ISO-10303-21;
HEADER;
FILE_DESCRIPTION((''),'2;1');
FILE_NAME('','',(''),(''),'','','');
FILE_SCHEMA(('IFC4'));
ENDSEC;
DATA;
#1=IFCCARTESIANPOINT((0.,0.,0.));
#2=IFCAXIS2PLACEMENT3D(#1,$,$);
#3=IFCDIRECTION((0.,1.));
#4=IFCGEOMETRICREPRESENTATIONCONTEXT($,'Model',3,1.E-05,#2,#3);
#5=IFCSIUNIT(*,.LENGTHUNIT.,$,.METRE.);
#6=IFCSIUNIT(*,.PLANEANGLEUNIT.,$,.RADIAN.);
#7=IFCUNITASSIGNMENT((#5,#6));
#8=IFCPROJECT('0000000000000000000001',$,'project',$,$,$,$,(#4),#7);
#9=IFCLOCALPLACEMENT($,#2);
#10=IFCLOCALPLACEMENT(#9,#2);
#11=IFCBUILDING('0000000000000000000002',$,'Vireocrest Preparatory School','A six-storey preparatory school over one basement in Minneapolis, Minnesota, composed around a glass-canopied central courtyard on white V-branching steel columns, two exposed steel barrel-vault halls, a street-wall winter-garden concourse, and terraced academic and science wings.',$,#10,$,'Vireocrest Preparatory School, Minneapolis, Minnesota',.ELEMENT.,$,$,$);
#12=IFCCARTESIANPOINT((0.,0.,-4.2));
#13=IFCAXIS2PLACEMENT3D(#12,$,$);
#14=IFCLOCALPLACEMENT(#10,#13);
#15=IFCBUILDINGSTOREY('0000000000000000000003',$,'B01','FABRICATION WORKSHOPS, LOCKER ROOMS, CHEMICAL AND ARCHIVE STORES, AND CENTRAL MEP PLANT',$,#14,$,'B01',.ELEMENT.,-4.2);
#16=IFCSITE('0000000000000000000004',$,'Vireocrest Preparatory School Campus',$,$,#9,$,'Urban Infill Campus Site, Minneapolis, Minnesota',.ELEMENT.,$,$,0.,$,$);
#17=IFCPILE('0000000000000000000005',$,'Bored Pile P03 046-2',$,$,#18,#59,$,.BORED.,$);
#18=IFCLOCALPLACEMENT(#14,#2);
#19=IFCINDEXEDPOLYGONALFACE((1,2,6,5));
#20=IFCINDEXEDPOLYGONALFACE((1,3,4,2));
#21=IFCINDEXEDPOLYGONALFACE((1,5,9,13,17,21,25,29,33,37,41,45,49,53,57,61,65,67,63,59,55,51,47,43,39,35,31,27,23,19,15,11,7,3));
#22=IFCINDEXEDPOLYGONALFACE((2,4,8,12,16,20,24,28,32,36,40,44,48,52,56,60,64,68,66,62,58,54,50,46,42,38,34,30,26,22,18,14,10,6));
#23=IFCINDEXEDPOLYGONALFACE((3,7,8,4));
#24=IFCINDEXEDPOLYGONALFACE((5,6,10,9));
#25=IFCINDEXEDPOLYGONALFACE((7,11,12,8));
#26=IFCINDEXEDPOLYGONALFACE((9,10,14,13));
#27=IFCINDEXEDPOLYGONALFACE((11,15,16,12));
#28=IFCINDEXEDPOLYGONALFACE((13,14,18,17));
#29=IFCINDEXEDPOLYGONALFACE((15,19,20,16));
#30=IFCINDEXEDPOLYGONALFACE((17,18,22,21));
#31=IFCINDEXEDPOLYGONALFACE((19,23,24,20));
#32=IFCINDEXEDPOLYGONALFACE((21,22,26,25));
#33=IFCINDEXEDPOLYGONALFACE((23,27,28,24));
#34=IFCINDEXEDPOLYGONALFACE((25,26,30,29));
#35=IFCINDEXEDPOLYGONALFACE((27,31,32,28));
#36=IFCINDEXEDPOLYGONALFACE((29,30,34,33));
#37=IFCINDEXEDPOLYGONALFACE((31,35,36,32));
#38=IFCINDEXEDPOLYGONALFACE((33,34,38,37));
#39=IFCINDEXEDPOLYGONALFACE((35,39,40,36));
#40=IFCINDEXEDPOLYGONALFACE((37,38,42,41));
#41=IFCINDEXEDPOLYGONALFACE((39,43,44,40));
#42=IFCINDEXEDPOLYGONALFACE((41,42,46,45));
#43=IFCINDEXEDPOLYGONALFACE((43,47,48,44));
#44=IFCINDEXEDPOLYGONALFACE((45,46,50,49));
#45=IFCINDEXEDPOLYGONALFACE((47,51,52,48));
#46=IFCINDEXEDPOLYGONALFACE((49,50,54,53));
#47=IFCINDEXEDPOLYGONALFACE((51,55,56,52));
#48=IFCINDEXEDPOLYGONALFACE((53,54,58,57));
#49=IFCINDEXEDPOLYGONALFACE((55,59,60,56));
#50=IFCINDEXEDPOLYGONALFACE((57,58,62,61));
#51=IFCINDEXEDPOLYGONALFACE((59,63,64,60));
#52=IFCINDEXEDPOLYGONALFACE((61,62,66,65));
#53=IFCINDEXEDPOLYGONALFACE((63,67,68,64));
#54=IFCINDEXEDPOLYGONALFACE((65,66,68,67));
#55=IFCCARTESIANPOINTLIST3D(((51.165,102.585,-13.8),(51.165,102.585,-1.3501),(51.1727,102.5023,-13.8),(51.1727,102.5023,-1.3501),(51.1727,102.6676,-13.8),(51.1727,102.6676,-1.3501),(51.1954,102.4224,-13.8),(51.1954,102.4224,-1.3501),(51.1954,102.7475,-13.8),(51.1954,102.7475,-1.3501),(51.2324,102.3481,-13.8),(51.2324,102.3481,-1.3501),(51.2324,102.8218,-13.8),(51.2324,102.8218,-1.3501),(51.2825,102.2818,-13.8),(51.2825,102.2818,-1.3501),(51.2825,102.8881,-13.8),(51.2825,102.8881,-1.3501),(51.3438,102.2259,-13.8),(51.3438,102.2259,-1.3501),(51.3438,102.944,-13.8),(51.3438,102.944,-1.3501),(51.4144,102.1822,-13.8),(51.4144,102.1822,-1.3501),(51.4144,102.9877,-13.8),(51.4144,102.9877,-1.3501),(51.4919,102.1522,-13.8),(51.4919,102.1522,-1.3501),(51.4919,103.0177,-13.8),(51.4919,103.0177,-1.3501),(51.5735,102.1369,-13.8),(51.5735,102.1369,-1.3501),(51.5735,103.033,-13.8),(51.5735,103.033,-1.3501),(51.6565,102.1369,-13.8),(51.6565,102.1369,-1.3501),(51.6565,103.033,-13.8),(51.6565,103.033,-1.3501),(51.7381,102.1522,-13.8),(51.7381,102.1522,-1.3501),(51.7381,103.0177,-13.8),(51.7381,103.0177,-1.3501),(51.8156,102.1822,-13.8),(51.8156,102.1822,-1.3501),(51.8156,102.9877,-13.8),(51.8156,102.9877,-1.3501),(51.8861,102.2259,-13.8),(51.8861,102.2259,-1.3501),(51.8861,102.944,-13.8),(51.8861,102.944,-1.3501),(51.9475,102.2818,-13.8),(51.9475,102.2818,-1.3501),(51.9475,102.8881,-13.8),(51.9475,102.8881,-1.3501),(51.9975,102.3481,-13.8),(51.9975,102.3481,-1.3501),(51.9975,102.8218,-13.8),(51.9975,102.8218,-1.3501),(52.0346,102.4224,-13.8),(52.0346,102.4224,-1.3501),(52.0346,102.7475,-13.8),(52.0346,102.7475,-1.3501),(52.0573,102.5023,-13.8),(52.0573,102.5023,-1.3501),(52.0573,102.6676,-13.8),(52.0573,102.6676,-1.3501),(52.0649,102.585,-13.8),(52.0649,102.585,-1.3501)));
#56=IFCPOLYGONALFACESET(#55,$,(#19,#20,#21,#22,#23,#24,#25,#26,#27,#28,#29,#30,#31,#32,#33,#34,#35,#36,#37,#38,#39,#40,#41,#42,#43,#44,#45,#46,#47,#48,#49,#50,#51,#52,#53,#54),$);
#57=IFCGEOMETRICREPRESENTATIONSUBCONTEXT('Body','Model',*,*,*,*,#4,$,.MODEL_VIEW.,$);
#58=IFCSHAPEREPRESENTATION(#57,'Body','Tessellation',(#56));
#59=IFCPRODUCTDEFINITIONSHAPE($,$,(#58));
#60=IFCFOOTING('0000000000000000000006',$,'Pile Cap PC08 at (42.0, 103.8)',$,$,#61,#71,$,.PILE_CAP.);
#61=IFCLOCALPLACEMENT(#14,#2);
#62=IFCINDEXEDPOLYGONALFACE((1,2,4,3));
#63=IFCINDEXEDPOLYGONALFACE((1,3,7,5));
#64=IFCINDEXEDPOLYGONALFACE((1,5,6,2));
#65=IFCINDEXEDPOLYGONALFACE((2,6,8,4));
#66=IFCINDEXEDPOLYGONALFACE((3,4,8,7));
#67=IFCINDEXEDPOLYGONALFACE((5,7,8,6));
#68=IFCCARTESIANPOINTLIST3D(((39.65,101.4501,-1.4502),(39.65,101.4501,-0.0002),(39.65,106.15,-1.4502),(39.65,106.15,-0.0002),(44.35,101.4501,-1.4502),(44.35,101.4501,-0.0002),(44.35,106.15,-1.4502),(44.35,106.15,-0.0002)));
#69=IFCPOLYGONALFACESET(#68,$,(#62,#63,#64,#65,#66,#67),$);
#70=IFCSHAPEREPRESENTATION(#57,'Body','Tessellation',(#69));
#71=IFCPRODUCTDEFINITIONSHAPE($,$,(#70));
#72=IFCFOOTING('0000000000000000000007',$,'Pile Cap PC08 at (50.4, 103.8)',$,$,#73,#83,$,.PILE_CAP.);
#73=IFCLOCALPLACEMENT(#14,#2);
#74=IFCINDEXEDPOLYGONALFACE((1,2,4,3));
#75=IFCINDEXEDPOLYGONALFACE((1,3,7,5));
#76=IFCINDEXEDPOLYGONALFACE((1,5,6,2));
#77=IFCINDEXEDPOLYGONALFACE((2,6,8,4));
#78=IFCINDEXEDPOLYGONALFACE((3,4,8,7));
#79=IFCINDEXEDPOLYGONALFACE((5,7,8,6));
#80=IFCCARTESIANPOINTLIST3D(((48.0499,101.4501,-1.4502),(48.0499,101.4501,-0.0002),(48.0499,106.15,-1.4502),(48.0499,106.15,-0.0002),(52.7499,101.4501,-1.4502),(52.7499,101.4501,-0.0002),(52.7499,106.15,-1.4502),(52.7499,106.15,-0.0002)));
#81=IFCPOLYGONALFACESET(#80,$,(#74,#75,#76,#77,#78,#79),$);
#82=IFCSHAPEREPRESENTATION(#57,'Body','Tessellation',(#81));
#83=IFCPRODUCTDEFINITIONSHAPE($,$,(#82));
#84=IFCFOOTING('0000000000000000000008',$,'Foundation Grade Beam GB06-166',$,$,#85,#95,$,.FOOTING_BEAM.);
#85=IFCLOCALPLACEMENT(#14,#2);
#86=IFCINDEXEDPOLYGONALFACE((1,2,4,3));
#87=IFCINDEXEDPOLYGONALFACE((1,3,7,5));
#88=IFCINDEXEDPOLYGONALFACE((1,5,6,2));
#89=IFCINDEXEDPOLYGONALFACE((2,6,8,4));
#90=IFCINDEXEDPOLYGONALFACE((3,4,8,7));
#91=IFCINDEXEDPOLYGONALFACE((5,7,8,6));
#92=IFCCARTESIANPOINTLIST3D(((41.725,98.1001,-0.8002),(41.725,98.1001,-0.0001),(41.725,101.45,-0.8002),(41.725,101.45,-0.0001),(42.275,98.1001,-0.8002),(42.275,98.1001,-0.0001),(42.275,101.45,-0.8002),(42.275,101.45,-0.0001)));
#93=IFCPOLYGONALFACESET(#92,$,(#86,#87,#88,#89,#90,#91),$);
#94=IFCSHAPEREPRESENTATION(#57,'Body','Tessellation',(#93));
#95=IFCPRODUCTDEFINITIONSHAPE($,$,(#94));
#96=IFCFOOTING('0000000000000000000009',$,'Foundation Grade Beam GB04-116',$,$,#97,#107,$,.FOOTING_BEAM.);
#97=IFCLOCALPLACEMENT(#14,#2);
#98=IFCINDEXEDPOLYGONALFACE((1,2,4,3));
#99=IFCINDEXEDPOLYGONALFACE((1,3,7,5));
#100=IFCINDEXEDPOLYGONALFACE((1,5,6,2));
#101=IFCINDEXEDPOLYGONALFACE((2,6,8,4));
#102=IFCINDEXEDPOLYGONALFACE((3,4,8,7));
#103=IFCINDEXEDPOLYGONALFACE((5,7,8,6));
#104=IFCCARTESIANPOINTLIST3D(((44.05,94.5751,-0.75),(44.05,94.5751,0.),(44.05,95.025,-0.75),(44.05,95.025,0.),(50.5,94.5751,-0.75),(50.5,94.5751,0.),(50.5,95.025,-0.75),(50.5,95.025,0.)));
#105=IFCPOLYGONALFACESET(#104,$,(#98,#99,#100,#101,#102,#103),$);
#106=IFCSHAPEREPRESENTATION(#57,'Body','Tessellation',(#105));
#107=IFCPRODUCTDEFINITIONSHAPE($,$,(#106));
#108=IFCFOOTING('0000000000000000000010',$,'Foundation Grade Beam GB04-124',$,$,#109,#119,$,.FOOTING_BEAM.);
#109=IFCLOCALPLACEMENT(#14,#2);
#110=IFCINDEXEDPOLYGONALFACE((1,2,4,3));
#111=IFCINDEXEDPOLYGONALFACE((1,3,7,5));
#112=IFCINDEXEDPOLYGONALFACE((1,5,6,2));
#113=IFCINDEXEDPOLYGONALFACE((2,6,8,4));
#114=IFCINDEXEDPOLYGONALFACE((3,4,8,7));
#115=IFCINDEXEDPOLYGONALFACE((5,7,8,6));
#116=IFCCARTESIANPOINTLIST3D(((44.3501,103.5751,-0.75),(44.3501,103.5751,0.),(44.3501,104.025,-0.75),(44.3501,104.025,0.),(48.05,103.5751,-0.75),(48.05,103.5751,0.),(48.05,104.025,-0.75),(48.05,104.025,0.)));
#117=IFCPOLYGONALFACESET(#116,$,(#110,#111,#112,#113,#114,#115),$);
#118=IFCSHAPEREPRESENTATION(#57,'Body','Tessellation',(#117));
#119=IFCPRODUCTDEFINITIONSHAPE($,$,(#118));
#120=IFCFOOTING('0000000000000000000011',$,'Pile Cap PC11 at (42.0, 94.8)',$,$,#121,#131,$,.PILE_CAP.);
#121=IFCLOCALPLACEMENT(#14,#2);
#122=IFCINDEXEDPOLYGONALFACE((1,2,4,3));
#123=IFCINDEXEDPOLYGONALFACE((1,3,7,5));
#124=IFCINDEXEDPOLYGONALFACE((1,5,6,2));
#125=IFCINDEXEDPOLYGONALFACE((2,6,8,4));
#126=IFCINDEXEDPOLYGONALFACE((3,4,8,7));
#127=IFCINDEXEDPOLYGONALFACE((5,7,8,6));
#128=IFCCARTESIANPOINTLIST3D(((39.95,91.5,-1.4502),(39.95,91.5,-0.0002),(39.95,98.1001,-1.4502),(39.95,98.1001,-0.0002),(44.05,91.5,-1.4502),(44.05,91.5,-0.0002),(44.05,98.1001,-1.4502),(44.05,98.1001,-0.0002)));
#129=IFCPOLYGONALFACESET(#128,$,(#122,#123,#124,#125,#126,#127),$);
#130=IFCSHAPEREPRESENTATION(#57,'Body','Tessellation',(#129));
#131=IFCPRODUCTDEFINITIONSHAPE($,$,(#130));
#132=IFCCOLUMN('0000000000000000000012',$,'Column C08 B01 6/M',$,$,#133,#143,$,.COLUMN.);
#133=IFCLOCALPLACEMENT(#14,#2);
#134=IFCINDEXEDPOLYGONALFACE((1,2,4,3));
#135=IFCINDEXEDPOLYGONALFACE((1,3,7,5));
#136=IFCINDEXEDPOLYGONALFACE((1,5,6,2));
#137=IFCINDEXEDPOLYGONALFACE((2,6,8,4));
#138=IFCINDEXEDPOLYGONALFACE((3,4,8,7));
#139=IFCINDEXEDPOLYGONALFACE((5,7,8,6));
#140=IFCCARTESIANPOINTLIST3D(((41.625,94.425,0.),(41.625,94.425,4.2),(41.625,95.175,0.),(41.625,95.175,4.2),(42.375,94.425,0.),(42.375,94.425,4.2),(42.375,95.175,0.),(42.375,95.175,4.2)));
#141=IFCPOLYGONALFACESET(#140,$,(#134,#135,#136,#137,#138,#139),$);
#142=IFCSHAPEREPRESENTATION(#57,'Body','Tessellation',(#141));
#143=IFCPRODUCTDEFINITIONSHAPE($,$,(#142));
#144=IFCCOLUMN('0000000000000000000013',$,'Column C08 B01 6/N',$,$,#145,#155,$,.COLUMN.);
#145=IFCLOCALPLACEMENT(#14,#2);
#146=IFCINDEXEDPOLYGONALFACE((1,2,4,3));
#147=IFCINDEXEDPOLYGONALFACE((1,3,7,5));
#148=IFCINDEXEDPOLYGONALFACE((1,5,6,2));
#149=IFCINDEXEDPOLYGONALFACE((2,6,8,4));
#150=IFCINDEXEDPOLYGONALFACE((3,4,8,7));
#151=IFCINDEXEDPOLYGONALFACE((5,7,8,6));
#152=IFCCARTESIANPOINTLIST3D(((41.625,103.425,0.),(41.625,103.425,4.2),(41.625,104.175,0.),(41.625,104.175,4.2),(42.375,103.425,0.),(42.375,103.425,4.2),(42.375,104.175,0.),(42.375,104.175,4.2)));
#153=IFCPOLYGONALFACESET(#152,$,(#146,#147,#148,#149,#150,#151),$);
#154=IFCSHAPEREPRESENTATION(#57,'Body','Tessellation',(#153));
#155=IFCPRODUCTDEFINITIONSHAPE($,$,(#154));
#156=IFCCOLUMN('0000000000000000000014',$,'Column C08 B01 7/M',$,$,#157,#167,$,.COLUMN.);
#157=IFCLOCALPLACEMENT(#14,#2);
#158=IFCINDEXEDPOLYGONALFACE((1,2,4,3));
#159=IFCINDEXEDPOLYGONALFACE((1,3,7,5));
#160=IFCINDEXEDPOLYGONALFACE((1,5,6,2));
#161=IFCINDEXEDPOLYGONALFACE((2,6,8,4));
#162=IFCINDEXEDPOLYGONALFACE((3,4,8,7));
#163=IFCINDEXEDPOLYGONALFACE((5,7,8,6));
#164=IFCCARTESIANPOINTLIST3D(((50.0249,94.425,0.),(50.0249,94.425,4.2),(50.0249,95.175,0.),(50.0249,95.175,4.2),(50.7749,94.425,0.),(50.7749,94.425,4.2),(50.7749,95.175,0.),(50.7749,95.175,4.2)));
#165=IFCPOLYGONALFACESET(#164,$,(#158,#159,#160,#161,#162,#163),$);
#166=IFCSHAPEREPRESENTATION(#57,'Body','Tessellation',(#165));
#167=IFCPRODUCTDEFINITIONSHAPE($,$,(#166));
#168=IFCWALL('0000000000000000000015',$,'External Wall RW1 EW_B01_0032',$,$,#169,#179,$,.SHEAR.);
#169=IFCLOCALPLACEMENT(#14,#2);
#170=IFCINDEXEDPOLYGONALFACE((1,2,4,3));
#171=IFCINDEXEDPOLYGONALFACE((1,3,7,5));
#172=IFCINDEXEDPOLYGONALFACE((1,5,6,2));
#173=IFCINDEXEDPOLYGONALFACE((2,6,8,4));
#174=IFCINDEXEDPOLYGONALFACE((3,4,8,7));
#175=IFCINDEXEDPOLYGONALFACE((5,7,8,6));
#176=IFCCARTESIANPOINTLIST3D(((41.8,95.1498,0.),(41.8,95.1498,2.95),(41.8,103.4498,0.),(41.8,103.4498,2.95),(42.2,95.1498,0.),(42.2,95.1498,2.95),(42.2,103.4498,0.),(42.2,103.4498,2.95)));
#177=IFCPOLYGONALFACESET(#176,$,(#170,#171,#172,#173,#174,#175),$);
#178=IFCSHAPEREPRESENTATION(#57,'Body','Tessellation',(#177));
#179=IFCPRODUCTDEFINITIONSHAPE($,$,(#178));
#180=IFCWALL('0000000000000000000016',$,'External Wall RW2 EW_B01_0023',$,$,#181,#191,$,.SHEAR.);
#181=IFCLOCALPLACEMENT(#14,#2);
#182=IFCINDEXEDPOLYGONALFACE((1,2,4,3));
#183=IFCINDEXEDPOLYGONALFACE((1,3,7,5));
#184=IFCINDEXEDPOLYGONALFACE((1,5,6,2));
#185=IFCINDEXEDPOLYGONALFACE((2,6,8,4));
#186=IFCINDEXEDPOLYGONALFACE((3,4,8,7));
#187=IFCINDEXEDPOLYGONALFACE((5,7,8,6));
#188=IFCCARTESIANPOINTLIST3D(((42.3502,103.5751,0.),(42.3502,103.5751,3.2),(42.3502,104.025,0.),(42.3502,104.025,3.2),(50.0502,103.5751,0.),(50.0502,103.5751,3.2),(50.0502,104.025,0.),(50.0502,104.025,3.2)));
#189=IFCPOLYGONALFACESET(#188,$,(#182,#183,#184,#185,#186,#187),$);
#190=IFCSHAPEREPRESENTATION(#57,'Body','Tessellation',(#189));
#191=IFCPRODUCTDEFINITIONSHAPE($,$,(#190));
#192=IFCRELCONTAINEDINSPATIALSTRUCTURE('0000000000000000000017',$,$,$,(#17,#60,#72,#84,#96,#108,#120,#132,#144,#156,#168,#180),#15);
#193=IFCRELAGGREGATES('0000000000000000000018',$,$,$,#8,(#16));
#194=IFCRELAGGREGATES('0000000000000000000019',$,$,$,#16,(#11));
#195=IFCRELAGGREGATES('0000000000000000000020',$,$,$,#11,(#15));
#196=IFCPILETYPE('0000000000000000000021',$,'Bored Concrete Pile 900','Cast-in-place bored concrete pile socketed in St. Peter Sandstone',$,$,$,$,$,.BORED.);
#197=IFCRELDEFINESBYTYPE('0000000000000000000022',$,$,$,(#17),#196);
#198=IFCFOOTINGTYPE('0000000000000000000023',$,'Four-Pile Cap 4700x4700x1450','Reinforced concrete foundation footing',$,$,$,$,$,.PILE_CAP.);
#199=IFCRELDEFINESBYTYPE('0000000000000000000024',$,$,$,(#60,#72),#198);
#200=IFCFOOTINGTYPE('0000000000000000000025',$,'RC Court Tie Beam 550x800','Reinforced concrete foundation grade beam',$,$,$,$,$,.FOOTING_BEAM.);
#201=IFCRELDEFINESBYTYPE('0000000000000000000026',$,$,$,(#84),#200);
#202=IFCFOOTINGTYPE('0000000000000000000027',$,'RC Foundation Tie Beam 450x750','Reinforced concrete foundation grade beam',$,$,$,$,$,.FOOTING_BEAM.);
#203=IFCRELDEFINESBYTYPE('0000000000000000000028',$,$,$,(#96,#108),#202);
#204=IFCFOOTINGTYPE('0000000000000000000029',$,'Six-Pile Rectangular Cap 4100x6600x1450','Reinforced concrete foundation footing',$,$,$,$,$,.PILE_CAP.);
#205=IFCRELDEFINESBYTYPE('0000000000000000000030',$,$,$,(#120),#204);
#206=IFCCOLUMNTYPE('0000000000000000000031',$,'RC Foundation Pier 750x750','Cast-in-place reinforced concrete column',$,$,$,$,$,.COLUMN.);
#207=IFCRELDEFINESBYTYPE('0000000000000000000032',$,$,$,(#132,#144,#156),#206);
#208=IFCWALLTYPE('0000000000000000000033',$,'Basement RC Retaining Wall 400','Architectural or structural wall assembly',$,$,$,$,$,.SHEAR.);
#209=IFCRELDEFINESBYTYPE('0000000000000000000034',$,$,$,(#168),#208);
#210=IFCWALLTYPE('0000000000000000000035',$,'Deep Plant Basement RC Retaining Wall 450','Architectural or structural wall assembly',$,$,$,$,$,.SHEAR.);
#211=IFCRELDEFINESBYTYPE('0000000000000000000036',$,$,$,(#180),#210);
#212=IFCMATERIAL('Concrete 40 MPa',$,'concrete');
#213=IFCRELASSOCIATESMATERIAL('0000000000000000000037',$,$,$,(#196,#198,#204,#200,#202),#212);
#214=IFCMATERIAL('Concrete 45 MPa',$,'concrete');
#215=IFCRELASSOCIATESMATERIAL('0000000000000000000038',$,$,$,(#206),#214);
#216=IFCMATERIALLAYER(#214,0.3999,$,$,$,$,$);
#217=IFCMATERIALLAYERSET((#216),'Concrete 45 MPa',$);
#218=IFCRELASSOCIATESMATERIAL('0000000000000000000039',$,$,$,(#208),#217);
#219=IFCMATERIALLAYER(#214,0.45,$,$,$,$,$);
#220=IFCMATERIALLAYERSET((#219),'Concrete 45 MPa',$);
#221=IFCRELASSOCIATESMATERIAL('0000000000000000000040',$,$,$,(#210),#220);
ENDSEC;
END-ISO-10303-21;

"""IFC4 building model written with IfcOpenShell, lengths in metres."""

from ifc_helpers import new_model, si_unit, direction, frame, frame_2d, origin, origin_2d, place, context, subcontext, project, spatial, rectangle, circle, extrude, material, layer, layer_set, material_profile, profile_set, type_object, element, save


model = new_model("IFC4")

# Units and contexts
model_context = context("Model", 3, precision=1e-05, world=origin(), true_north=direction((0.0, 1.0)))
body_context = subcontext(model_context, "Body", "Model", "MODEL_VIEW")
ifc_project = project(units=[si_unit("LENGTHUNIT", "METRE"), si_unit("PLANEANGLEUNIT", "RADIAN")], contexts=[model_context])

# Site, building, storey
site_placement = place(None, origin())
site = spatial("IfcSite", under=ifc_project, at=site_placement, Name="Vireocrest Preparatory School Campus", LongName="Urban Infill Campus Site, Minneapolis, Minnesota", CompositionType="ELEMENT", RefElevation=0.0)
building_placement = place(site_placement, origin())
building = spatial("IfcBuilding", under=site, at=building_placement, Name="Vireocrest Preparatory School", Description="A six-storey preparatory school over one basement in Minneapolis, Minnesota, composed around a glass-canopied central courtyard on white V-branching steel columns, two exposed steel barrel-vault halls, a street-wall winter-garden concourse, and terraced academic and science wings.", LongName="Vireocrest Preparatory School, Minneapolis, Minnesota", CompositionType="ELEMENT")
storey_placement = place(building_placement, frame((0.0, 0.0, -4.2)))
storey = spatial("IfcBuildingStorey", under=building, at=storey_placement, Name="B01", Description="FABRICATION WORKSHOPS, LOCKER ROOMS, CHEMICAL AND ARCHIVE STORES, AND CENTRAL MEP PLANT", LongName="B01", CompositionType="ELEMENT", Elevation=-4.2)

# Pile
ifc_material_1 = material(Name="Concrete 40 MPa", Category="concrete")
ifc_material_profile_1 = material_profile(ifc_material_1, circle(Radius=0.45, at=origin_2d()), Name="BORED PILE 900")
ifc_profile_set_1 = profile_set([ifc_material_profile_1], Name="Concrete 40 MPa")
pile_type_1 = type_object("IfcPileType", Name="Bored Concrete Pile 900", Description="Cast-in-place bored concrete pile socketed in St. Peter Sandstone", PredefinedType="BORED", material=ifc_profile_set_1)
for number, where, z_axis, x_axis, name in (
    (1, (51.615, 102.585, -1.3501), (0.0, 0.0, -1.0), (1.0, 0.0, 0.0), "Bored Pile P03 046-2"),
):
    element("IfcPile", number, at=place(storey_placement, frame(where, z_axis=z_axis, x_axis=x_axis)), inside=storey, type_object=pile_type_1, Name=name, PredefinedType="BORED", context=body_context, shape_type="SweptSolid", body=[
        extrude(circle(Radius=0.45, at=origin_2d()), origin(), (0.0, 0.0, 1.0), 12.45),
    ])

# Footings
footing_type_1 = type_object("IfcFootingType", Name="Four-Pile Cap 4700x4700x1450", Description="Reinforced concrete foundation footing", PredefinedType="PILE_CAP", material=ifc_material_1)
for number, where, z_axis, x_axis, name in (
    (2, (42.0, 103.8, -1.4502), (0.0, 0.0, 1.0), (1.0, 0.0, 0.0), "Pile Cap PC08 at (42.0, 103.8)"),
    (3, (50.3999, 103.8, -1.4502), (0.0, 0.0, 1.0), (1.0, 0.0, 0.0), "Pile Cap PC08 at (50.4, 103.8)"),
):
    element("IfcFooting", number, at=place(storey_placement, frame(where, z_axis=z_axis, x_axis=x_axis)), inside=storey, type_object=footing_type_1, Name=name, PredefinedType="PILE_CAP", context=body_context, shape_type="SweptSolid", body=[
        extrude(rectangle(XDim=4.7, YDim=4.7, at=origin_2d()), origin(), (0.0, 0.0, 1.0), 1.45),
    ])
ifc_material_profile_2 = material_profile(ifc_material_1, rectangle(XDim=0.55, YDim=0.8, at=origin_2d()), Name="GB 550x800")
ifc_profile_set_2 = profile_set([ifc_material_profile_2], Name="Concrete 40 MPa")
footing_type_2 = type_object("IfcFootingType", Name="RC Court Tie Beam 550x800", Description="Reinforced concrete foundation grade beam", PredefinedType="FOOTING_BEAM", material=ifc_profile_set_2)
footing_1_placement = place(storey_placement, frame((42.0, 98.1001, -0.4001), z_axis=(0.0, 1.0, 0.0), x_axis=(-1.0, 0.0, 0.0)))
element("IfcFooting", 4, at=footing_1_placement, inside=storey, type_object=footing_type_2, Name="Foundation Grade Beam GB06-166", PredefinedType="FOOTING_BEAM", context=body_context, shape_type="SweptSolid", body=[
    extrude(rectangle(XDim=0.55, YDim=0.8, at=origin_2d()), origin(), (0.0, 0.0, 1.0), 3.3499),
])
ifc_material_profile_3 = material_profile(ifc_material_1, rectangle(XDim=0.45, YDim=0.75, at=origin_2d()), Name="GB 450x750")
ifc_profile_set_3 = profile_set([ifc_material_profile_3], Name="Concrete 40 MPa")
footing_type_3 = type_object("IfcFootingType", Name="RC Foundation Tie Beam 450x750", Description="Reinforced concrete foundation grade beam", PredefinedType="FOOTING_BEAM", material=ifc_profile_set_3)
footing_2_placement = place(storey_placement, frame((44.05, 94.8, -0.375), z_axis=(1.0, 0.0, 0.0), x_axis=(0.0, 1.0, 0.0)))
element("IfcFooting", 5, at=footing_2_placement, inside=storey, type_object=footing_type_3, Name="Foundation Grade Beam GB04-116", PredefinedType="FOOTING_BEAM", context=body_context, shape_type="SweptSolid", body=[
    extrude(rectangle(XDim=0.45, YDim=0.75, at=origin_2d()), origin(), (0.0, 0.0, 1.0), 6.45),
])
footing_3_placement = place(storey_placement, frame((44.3501, 103.8, -0.375), z_axis=(1.0, 0.0, 0.0), x_axis=(0.0, 1.0, 0.0)))
element("IfcFooting", 6, at=footing_3_placement, inside=storey, type_object=footing_type_3, Name="Foundation Grade Beam GB04-124", PredefinedType="FOOTING_BEAM", context=body_context, shape_type="SweptSolid", body=[
    extrude(rectangle(XDim=0.45, YDim=0.75, at=origin_2d()), origin(), (0.0, 0.0, 1.0), 3.7),
])
footing_type_4 = type_object("IfcFootingType", Name="Six-Pile Rectangular Cap 4100x6600x1450", Description="Reinforced concrete foundation footing", PredefinedType="PILE_CAP", material=ifc_material_1)
footing_4_placement = place(storey_placement, frame((42.0, 94.8, -1.4502), z_axis=(0.0, 0.0, 1.0), x_axis=(1.0, 0.0, 0.0)))
element("IfcFooting", 7, at=footing_4_placement, inside=storey, type_object=footing_type_4, Name="Pile Cap PC11 at (42.0, 94.8)", PredefinedType="PILE_CAP", context=body_context, shape_type="SweptSolid", body=[
    extrude(rectangle(XDim=4.1001, YDim=6.6001, at=origin_2d()), origin(), (0.0, 0.0, 1.0), 1.45),
])

# Columns
ifc_material_2 = material(Name="Concrete 45 MPa", Category="concrete")
ifc_material_profile_4 = material_profile(ifc_material_2, rectangle(XDim=0.75, YDim=0.75, at=origin_2d()), Name="RC 750x750")
ifc_profile_set_4 = profile_set([ifc_material_profile_4], Name="Concrete 45 MPa")
column_type = type_object("IfcColumnType", Name="RC Foundation Pier 750x750", Description="Cast-in-place reinforced concrete column", PredefinedType="COLUMN", material=ifc_profile_set_4)
for number, where, z_axis, x_axis, name in (
    (8, (42.0, 94.8, 0.0), (0.0, 0.0, 1.0), (1.0, 0.0, 0.0), "Column C08 B01 6/M"),
    (9, (42.0, 103.8, 0.0), (0.0, 0.0, 1.0), (1.0, 0.0, 0.0), "Column C08 B01 6/N"),
    (10, (50.3999, 94.8, 0.0), (0.0, 0.0, 1.0), (1.0, 0.0, 0.0), "Column C08 B01 7/M"),
):
    element("IfcColumn", number, at=place(storey_placement, frame(where, z_axis=z_axis, x_axis=x_axis)), inside=storey, type_object=column_type, Name=name, PredefinedType="COLUMN", context=body_context, shape_type="SweptSolid", body=[
        extrude(rectangle(XDim=0.75, YDim=0.75, at=origin_2d()), origin(), (0.0, 0.0, 1.0), 4.2),
    ])

# Walls
ifc_layer_1 = layer(ifc_material_2, 0.3999)
ifc_layer_set_1 = layer_set([ifc_layer_1], Name="Concrete 45 MPa")
wall_type_1 = type_object("IfcWallType", Name="Basement RC Retaining Wall 400", Description="Architectural or structural wall assembly", PredefinedType="SHEAR", material=ifc_layer_set_1)
wall_1_placement = place(storey_placement, frame((42.0, 95.1499, 0.0), z_axis=(0.0, 0.0, 1.0), x_axis=(0.0, 1.0, 0.0)))
element("IfcWall", 11, at=wall_1_placement, inside=storey, type_object=wall_type_1, Name="External Wall RW1 EW_B01_0032", PredefinedType="SHEAR", context=body_context, shape_type="SweptSolid", body=[
    extrude(rectangle(XDim=8.3, YDim=0.3999, at=frame_2d((4.1499, 0.0))), origin(), (0.0, 0.0, 1.0), 2.95),
])
ifc_layer_2 = layer(ifc_material_2, 0.45)
ifc_layer_set_2 = layer_set([ifc_layer_2], Name="Concrete 45 MPa")
wall_type_2 = type_object("IfcWallType", Name="Deep Plant Basement RC Retaining Wall 450", Description="Architectural or structural wall assembly", PredefinedType="SHEAR", material=ifc_layer_set_2)
wall_2_placement = place(storey_placement, frame((42.3501, 103.8, 0.0), z_axis=(0.0, 0.0, 1.0), x_axis=(1.0, 0.0, 0.0)))
element("IfcWall", 12, at=wall_2_placement, inside=storey, type_object=wall_type_2, Name="External Wall RW2 EW_B01_0023", PredefinedType="SHEAR", context=body_context, shape_type="SweptSolid", body=[
    extrude(rectangle(XDim=7.7, YDim=0.45, at=frame_2d((3.8501, 0.0))), origin(), (0.0, 0.0, 1.0), 3.2),
])

save(model, "model.ifc")
